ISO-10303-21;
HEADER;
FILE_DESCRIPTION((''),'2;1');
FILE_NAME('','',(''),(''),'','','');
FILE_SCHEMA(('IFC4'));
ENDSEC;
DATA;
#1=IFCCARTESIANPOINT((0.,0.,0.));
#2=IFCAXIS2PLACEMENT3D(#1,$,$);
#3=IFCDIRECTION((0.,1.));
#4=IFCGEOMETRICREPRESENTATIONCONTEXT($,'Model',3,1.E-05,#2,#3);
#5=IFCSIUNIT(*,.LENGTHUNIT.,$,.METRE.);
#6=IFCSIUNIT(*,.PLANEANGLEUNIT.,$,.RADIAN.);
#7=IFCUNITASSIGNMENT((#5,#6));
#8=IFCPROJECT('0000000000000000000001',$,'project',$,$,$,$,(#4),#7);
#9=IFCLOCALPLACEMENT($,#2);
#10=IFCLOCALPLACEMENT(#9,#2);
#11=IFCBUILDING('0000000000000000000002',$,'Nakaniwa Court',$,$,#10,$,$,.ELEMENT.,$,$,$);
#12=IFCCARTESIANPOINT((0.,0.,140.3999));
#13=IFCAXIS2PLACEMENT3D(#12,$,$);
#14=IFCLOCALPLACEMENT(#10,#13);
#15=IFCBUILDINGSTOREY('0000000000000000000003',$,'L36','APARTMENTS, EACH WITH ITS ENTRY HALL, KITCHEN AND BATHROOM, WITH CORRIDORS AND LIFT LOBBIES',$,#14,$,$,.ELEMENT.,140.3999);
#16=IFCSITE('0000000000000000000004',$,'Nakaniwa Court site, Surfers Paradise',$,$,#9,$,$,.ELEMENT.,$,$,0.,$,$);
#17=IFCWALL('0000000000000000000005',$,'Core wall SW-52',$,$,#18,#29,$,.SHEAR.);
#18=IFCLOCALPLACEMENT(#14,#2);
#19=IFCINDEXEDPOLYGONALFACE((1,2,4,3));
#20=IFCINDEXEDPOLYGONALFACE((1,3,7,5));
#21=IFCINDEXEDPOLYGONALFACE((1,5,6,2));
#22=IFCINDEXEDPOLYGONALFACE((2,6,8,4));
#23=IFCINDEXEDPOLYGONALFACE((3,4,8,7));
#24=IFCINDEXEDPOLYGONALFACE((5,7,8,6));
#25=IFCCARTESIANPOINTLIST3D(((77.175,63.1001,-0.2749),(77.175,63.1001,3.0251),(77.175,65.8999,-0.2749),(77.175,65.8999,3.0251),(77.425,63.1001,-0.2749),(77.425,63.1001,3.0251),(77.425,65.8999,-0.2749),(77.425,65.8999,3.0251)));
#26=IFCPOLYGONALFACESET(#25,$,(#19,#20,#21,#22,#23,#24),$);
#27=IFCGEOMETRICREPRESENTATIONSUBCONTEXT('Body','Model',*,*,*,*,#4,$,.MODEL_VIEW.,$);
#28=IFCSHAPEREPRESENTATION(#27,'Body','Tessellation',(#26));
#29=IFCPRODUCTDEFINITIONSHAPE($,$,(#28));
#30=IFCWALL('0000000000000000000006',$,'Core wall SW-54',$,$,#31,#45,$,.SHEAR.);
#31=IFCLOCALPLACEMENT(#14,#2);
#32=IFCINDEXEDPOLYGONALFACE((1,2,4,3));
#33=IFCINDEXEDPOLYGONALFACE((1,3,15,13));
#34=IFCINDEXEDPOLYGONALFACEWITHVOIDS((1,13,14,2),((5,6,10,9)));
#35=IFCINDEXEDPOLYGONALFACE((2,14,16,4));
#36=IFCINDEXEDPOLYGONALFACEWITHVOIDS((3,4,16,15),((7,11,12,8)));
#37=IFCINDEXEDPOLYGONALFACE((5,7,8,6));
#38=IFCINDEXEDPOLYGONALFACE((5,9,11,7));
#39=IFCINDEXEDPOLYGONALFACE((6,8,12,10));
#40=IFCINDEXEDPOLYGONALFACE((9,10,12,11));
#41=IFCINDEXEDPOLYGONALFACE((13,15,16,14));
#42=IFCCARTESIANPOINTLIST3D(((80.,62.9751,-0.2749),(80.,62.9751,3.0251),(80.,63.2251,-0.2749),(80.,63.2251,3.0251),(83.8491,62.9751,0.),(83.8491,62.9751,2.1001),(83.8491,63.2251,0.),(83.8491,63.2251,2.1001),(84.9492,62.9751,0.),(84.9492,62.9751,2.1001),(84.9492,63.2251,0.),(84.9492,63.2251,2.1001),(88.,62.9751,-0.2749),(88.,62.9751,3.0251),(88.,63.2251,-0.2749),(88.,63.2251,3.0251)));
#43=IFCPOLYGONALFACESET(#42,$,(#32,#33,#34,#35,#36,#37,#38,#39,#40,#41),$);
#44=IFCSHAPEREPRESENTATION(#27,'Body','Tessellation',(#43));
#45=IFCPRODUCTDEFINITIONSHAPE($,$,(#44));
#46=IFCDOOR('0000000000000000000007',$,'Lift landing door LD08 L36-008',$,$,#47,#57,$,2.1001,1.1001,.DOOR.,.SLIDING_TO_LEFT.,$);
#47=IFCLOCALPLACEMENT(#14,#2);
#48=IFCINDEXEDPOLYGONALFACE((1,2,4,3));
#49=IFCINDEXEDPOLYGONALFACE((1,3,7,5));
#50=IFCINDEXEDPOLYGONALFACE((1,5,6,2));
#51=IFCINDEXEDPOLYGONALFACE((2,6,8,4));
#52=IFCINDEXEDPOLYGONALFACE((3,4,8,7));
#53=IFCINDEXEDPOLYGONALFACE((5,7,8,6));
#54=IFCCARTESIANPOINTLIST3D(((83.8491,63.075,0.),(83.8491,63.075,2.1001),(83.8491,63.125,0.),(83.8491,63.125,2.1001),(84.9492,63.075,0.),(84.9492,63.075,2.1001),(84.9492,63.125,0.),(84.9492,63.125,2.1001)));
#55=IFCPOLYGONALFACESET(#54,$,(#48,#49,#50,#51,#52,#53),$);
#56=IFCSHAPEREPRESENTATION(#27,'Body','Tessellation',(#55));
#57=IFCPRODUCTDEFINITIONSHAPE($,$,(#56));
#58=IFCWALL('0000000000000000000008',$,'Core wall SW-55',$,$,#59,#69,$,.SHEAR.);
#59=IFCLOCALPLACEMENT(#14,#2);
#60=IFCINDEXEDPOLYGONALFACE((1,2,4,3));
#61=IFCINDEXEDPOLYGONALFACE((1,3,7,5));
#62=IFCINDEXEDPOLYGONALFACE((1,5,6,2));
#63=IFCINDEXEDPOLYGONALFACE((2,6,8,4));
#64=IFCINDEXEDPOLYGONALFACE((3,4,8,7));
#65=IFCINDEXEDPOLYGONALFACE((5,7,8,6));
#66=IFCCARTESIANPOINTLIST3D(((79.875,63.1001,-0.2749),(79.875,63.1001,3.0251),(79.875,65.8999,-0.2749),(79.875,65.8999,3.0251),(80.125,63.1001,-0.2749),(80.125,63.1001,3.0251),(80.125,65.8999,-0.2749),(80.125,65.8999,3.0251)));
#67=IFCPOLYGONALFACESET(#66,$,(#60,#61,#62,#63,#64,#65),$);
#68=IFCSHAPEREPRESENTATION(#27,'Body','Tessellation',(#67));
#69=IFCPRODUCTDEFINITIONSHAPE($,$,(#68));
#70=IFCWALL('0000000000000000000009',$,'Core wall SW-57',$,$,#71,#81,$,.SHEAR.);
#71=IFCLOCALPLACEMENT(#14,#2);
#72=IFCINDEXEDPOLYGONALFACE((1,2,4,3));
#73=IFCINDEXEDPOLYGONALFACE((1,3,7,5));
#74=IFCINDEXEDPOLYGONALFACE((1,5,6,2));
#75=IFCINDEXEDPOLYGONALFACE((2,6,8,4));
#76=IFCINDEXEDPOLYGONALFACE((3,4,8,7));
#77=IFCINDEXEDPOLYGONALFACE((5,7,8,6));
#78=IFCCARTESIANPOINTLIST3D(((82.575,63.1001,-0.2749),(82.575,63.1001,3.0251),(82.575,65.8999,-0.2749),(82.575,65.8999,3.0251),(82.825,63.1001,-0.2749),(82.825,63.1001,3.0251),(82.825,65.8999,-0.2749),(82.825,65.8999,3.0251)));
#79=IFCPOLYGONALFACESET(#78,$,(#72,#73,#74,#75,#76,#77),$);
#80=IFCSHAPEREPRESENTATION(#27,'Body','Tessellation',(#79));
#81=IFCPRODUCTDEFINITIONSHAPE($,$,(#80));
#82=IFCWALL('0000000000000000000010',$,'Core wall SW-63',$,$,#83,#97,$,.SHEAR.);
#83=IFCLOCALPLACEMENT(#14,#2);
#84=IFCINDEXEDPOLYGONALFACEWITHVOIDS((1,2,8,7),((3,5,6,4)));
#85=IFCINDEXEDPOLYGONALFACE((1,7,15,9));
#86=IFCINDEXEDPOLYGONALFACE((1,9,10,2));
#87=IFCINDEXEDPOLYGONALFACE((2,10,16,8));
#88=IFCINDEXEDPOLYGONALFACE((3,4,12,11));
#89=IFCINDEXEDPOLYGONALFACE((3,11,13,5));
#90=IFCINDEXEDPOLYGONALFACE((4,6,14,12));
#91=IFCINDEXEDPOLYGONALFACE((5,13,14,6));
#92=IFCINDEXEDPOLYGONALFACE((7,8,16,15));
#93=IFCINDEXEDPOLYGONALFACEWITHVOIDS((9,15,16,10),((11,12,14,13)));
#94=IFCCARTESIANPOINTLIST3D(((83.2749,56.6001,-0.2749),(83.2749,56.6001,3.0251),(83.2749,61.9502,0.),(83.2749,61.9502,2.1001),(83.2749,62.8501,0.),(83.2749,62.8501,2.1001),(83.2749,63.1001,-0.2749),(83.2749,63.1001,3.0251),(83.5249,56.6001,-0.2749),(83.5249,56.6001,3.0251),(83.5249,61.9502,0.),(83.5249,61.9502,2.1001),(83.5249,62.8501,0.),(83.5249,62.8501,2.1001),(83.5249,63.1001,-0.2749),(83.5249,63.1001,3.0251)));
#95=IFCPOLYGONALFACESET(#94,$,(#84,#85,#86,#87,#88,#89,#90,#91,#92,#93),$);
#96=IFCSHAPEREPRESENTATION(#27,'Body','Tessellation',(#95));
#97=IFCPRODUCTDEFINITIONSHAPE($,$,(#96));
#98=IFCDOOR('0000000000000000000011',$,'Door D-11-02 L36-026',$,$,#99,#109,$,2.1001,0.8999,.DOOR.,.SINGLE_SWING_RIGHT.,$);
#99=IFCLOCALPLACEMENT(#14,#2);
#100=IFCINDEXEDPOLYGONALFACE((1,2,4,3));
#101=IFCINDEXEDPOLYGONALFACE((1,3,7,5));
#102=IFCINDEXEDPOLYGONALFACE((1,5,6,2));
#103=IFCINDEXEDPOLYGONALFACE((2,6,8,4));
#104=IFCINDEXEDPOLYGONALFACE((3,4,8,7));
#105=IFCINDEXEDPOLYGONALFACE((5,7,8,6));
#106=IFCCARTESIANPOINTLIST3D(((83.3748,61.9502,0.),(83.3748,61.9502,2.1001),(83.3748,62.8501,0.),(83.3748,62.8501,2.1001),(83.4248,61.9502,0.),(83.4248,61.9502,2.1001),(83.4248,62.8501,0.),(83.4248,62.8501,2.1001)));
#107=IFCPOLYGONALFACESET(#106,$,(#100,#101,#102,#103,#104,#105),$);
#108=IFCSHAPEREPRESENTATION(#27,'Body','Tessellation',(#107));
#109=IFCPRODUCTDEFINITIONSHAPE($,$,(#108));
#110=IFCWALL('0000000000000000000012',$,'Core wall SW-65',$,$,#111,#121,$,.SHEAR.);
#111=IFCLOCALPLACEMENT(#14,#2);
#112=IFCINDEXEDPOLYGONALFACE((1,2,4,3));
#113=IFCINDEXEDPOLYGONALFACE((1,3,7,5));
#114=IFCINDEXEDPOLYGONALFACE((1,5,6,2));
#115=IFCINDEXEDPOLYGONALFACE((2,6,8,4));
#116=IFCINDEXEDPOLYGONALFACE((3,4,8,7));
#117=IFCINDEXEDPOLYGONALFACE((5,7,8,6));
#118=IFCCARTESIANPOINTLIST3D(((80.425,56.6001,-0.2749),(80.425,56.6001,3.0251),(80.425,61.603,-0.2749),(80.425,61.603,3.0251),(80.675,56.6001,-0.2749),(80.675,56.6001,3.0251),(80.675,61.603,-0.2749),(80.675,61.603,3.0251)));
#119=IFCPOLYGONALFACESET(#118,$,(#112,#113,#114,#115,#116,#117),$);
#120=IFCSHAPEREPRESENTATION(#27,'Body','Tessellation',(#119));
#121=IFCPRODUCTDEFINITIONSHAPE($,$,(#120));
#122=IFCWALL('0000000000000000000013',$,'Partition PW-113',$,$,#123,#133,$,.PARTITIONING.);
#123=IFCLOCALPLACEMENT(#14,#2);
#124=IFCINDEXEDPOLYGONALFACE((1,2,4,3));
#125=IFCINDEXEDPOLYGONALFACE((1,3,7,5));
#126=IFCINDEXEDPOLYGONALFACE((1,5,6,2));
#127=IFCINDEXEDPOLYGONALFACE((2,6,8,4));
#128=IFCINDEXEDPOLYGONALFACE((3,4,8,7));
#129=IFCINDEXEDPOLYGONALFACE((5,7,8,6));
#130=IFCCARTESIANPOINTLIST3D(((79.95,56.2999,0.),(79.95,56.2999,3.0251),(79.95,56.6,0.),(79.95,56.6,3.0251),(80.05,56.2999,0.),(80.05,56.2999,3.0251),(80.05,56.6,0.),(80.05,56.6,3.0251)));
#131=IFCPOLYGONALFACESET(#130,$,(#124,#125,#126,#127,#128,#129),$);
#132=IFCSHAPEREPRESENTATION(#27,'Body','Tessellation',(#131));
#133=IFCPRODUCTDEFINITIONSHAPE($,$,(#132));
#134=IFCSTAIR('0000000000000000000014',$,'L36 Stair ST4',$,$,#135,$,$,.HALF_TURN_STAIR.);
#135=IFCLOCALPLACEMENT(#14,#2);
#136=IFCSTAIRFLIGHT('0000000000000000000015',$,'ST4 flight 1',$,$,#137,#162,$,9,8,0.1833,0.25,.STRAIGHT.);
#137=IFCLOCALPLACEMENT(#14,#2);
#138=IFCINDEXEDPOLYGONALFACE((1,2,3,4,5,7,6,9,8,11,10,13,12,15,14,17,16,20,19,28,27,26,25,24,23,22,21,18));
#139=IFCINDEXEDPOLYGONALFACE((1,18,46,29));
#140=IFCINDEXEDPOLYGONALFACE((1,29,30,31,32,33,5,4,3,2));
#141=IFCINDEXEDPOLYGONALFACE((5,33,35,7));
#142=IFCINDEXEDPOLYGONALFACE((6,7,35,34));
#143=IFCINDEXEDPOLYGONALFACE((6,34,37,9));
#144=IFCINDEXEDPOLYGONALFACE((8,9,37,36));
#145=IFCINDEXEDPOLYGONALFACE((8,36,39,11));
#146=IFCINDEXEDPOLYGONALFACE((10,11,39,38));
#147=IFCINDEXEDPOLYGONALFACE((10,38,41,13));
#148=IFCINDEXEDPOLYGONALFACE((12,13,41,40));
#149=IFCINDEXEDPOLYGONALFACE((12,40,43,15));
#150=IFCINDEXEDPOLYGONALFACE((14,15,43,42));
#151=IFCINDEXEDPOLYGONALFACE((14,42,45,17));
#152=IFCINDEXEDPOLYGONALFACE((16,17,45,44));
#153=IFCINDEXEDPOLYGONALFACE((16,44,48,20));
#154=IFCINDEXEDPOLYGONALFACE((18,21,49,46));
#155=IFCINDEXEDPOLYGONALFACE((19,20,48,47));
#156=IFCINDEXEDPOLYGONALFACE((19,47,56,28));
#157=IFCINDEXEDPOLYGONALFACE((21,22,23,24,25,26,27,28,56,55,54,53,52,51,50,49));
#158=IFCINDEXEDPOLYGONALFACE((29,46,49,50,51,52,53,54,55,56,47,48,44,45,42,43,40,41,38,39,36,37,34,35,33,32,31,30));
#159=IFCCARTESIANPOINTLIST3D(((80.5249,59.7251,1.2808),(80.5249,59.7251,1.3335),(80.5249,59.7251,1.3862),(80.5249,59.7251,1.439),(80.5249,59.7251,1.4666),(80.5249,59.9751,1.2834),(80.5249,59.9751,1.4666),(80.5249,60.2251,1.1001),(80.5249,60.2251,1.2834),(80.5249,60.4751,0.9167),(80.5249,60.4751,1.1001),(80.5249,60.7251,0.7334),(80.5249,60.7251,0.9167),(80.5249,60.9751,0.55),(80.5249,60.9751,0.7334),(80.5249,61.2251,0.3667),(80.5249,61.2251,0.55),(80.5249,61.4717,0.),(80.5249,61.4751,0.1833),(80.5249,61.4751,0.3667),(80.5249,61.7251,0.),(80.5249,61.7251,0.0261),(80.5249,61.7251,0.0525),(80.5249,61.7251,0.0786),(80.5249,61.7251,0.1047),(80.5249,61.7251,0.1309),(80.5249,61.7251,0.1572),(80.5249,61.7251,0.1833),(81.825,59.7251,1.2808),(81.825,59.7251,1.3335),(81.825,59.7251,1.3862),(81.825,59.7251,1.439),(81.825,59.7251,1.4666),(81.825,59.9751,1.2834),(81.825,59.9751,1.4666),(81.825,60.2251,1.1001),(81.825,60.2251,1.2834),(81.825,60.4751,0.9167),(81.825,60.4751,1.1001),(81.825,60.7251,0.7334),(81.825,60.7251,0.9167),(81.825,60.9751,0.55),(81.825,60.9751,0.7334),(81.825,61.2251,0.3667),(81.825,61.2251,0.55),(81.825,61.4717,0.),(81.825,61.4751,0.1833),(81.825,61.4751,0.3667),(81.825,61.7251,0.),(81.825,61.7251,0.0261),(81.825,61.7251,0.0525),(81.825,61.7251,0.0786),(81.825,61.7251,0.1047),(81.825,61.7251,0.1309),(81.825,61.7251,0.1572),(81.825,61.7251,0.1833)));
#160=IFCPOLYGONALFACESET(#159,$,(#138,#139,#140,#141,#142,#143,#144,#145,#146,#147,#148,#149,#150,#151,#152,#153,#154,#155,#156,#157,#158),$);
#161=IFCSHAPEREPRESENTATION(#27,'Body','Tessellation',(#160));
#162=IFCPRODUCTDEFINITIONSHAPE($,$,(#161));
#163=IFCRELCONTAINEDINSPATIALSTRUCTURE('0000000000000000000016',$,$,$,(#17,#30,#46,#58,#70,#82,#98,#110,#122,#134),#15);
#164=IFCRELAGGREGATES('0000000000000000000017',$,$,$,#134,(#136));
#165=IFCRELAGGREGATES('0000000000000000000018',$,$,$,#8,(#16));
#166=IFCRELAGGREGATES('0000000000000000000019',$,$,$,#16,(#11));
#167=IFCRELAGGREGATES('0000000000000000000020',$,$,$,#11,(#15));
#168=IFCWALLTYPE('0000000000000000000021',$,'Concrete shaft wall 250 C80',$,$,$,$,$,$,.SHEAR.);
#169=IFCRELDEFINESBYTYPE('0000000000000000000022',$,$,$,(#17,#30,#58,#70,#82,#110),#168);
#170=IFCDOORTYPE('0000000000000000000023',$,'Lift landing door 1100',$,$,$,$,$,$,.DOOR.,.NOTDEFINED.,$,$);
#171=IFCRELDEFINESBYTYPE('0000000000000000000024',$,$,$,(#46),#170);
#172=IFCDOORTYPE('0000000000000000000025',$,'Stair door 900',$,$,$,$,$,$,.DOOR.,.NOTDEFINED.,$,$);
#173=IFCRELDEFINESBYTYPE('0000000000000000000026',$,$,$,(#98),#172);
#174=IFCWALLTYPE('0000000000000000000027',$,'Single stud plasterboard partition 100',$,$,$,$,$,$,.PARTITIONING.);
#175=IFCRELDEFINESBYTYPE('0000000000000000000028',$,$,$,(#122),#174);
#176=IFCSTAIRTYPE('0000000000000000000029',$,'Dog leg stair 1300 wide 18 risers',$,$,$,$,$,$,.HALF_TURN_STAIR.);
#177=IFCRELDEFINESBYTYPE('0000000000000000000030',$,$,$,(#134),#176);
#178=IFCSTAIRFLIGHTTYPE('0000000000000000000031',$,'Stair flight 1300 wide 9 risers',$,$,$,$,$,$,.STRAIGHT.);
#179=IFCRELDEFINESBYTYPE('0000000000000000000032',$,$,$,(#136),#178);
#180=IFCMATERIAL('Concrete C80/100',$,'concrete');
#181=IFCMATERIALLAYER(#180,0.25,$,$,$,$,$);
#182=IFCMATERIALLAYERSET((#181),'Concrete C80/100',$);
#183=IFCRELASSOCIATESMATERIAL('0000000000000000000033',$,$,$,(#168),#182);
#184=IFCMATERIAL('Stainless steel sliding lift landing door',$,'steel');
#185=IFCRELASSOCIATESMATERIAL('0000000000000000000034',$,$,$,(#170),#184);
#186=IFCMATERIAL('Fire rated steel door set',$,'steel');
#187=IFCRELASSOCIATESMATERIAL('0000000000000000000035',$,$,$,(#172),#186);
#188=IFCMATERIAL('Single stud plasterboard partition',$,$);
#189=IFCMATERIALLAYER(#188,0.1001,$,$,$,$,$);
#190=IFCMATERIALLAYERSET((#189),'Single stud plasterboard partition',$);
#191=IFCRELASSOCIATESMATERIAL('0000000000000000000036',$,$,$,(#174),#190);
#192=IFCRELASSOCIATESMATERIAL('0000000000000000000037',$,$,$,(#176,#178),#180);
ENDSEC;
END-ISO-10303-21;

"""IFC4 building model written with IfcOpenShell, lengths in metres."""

from ifc_helpers import new_model, si_unit, direction, frame, frame_2d, origin, place, context, subcontext, project, spatial, polyline, rectangle, outline, extrude, material, layer, layer_set, type_object, element, fill, aggregate, save


model = new_model("IFC4")

# Units and contexts
model_context = context("Model", 3, precision=1e-05, world=origin(), true_north=direction((0.0, 1.0)))
body_context = subcontext(model_context, "Body", "Model", "MODEL_VIEW")
ifc_project = project(units=[si_unit("LENGTHUNIT", "METRE"), si_unit("PLANEANGLEUNIT", "RADIAN")], contexts=[model_context])

# Site, building, storey
site_placement = place(None, origin())
site = spatial("IfcSite", under=ifc_project, at=site_placement, Name="Nakaniwa Court site, Surfers Paradise", CompositionType="ELEMENT", RefElevation=0.0)
building_placement = place(site_placement, origin())
building = spatial("IfcBuilding", under=site, at=building_placement, Name="Nakaniwa Court", CompositionType="ELEMENT")
storey_placement = place(building_placement, frame((0.0, 0.0, 140.3999)))
storey = spatial("IfcBuildingStorey", under=building, at=storey_placement, Name="L36", Description="APARTMENTS, EACH WITH ITS ENTRY HALL, KITCHEN AND BATHROOM, WITH CORRIDORS AND LIFT LOBBIES", CompositionType="ELEMENT", Elevation=140.3999)

# Shared definitions
ifc_material_1 = material(Name="Fire rated steel door set", Category="steel")

# Wall
ifc_material_2 = material(Name="Concrete C80/100", Category="concrete")
ifc_layer_1 = layer(ifc_material_2, 0.25)
ifc_layer_set_1 = layer_set([ifc_layer_1], Name="Concrete C80/100")
wall_type_1 = type_object("IfcWallType", Name="Concrete shaft wall 250 C80", PredefinedType="SHEAR", material=ifc_layer_set_1)
wall_1_placement = place(storey_placement, frame((77.3, 63.1001, -0.2749), z_axis=(0.0, 0.0, 1.0), x_axis=(0.0, 1.0, 0.0)))
element("IfcWall", 1, at=wall_1_placement, inside=storey, type_object=wall_type_1, Name="Core wall SW-52", PredefinedType="SHEAR", context=body_context, shape_type="SweptSolid", body=[
    extrude(rectangle(XDim=2.7998, YDim=0.25, at=frame_2d((1.3999, 0.0))), origin(), (0.0, 0.0, 1.0), 3.3),
])

# Wall, opening, door
wall_2_placement = place(storey_placement, frame((80.0, 63.1001, -0.2749), z_axis=(0.0, 0.0, 1.0), x_axis=(1.0, 0.0, 0.0)))
wall_2 = element("IfcWall", 2, at=wall_2_placement, inside=storey, type_object=wall_type_1, Name="Core wall SW-54", PredefinedType="SHEAR", context=body_context, shape_type="SweptSolid", body=[
    extrude(rectangle(XDim=8.0, YDim=0.25, at=frame_2d((4.0, 0.0))), origin(), (0.0, 0.0, 1.0), 3.3),
])
opening_1_placement = place(wall_2_placement, frame((3.8491, 0.0, 0.2749)))
opening_1 = element("IfcOpeningElement", 3, at=opening_1_placement, cuts=wall_2, PredefinedType="OPENING", context=body_context, shape_type="SweptSolid", body=[
    extrude(rectangle(XDim=1.1001, YDim=2.1001, at=frame_2d((0.55, 1.05))), frame((0.0, 0.135, 0.0), z_axis=(0.0, -1.0, 0.0), x_axis=(1.0, 0.0, 0.0)), (0.0, 0.0, 1.0), 0.27),
])
ifc_material_3 = material(Name="Stainless steel sliding lift landing door", Category="steel")
door_type_1 = type_object("IfcDoorType", Name="Lift landing door 1100", OperationType="NOTDEFINED", PredefinedType="DOOR", material=ifc_material_3)
door_1_placement = place(opening_1_placement, origin())
door_1 = element("IfcDoor", 4, at=door_1_placement, inside=storey, type_object=door_type_1, Name="Lift landing door LD08 L36-008", OperationType="SLIDING_TO_LEFT", OverallHeight=2.1001, OverallWidth=1.1001, PredefinedType="DOOR", context=body_context, shape_type="SweptSolid", body=[
    extrude(rectangle(XDim=1.1001, YDim=2.1001, at=frame_2d((0.55, 1.05))), frame((0.0, 0.0249, 0.0), z_axis=(0.0, -1.0, 0.0), x_axis=(1.0, 0.0, 0.0)), (0.0, 0.0, 1.0), 0.05),
])
fill(opening_1, door_1)

# Walls
for number, where, z_axis, x_axis, name in (
    (5, (80.0, 63.1001, -0.2749), (0.0, 0.0, 1.0), (0.0, 1.0, 0.0), "Core wall SW-55"),
    (6, (82.7, 63.1001, -0.2749), (0.0, 0.0, 1.0), (0.0, 1.0, 0.0), "Core wall SW-57"),
):
    element("IfcWall", number, at=place(storey_placement, frame(where, z_axis=z_axis, x_axis=x_axis)), inside=storey, type_object=wall_type_1, Name=name, PredefinedType="SHEAR", context=body_context, shape_type="SweptSolid", body=[
        extrude(rectangle(XDim=2.7998, YDim=0.25, at=frame_2d((1.3999, 0.0))), origin(), (0.0, 0.0, 1.0), 3.3),
    ])

# Wall, opening, door
wall_3_placement = place(storey_placement, frame((83.3999, 63.1001, -0.2749), z_axis=(0.0, 0.0, 1.0), x_axis=(0.0, -1.0, 0.0)))
wall_3 = element("IfcWall", 7, at=wall_3_placement, inside=storey, type_object=wall_type_1, Name="Core wall SW-63", PredefinedType="SHEAR", context=body_context, shape_type="SweptSolid", body=[
    extrude(rectangle(XDim=6.5, YDim=0.25, at=frame_2d((3.25, 0.0))), origin(), (0.0, 0.0, 1.0), 3.3),
])
opening_2_placement = place(wall_3_placement, frame((0.25, 0.0, 0.2749)))
opening_2 = element("IfcOpeningElement", 8, at=opening_2_placement, cuts=wall_3, PredefinedType="OPENING", context=body_context, shape_type="SweptSolid", body=[
    extrude(rectangle(XDim=0.8999, YDim=2.1001, at=frame_2d((0.45, 1.05))), frame((0.0, 0.135, 0.0), z_axis=(0.0, -1.0, 0.0), x_axis=(1.0, 0.0, 0.0)), (0.0, 0.0, 1.0), 0.27),
])
door_type_2 = type_object("IfcDoorType", Name="Stair door 900", OperationType="NOTDEFINED", PredefinedType="DOOR", material=ifc_material_1)
door_2_placement = place(opening_2_placement, origin())
door_2 = element("IfcDoor", 9, at=door_2_placement, inside=storey, type_object=door_type_2, Name="Door D-11-02 L36-026", OperationType="SINGLE_SWING_RIGHT", OverallHeight=2.1001, OverallWidth=0.8999, PredefinedType="DOOR", context=body_context, shape_type="SweptSolid", body=[
    extrude(rectangle(XDim=0.8999, YDim=2.1001, at=frame_2d((0.45, 1.05))), frame((0.0, 0.0249, 0.0), z_axis=(0.0, -1.0, 0.0), x_axis=(1.0, 0.0, 0.0)), (0.0, 0.0, 1.0), 0.05),
])
fill(opening_2, door_2)

# Walls
wall_4_placement = place(storey_placement, frame((80.55, 56.6001, -0.2749), z_axis=(0.0, 0.0, 1.0), x_axis=(0.0, 1.0, 0.0)))
element("IfcWall", 10, at=wall_4_placement, inside=storey, type_object=wall_type_1, Name="Core wall SW-65", PredefinedType="SHEAR", context=body_context, shape_type="SweptSolid", body=[
    extrude(rectangle(XDim=5.0029, YDim=0.25, at=frame_2d((2.5015, 0.0))), origin(), (0.0, 0.0, 1.0), 3.3),
])
ifc_material_4 = material(Name="Single stud plasterboard partition")
ifc_layer_2 = layer(ifc_material_4, 0.1001)
ifc_layer_set_2 = layer_set([ifc_layer_2], Name="Single stud plasterboard partition")
wall_type_2 = type_object("IfcWallType", Name="Single stud plasterboard partition 100", PredefinedType="PARTITIONING", material=ifc_layer_set_2)
wall_5_placement = place(storey_placement, frame((80.0, 56.3, 0.0), z_axis=(0.0, 0.0, 1.0), x_axis=(0.0, 1.0, 0.0)))
element("IfcWall", 11, at=wall_5_placement, inside=storey, type_object=wall_type_2, Name="Partition PW-113", PredefinedType="PARTITIONING", context=body_context, shape_type="SweptSolid", body=[
    extrude(rectangle(XDim=0.3, YDim=0.1001, at=frame_2d((0.1499, 0.0))), origin(), (0.0, 0.0, 1.0), 3.0251),
])

# Stair, stair flight
stair_type = type_object("IfcStairType", Name="Dog leg stair 1300 wide 18 risers", PredefinedType="HALF_TURN_STAIR", material=ifc_material_2)
stair_placement = place(storey_placement, origin())
stair = element("IfcStair", 12, at=stair_placement, inside=storey, type_object=stair_type, Name="L36 Stair ST4", PredefinedType="HALF_TURN_STAIR")
stair_flight_type = type_object("IfcStairFlightType", Name="Stair flight 1300 wide 9 risers", PredefinedType="STRAIGHT", material=ifc_material_2)
stair_flight_1_placement = place(storey_placement, frame((81.175, 61.7251, 0.0), z_axis=(0.0, 0.0, 1.0), x_axis=(0.0, -1.0, 0.0)))
stair_flight_1 = element("IfcStairFlight", 13, at=stair_flight_1_placement, type_object=stair_flight_type, Name="ST4 flight 1", NumberOfRisers=9, NumberOfTreads=8, PredefinedType="STRAIGHT", RiserHeight=0.1833, TreadLength=0.25, context=body_context, shape_type="SweptSolid", body=[
    extrude(outline(polyline([(0.0, 0.0), (0.0, 0.0261), (0.0, 0.0525), (0.0, 0.0786), (0.0, 0.1047), (0.0, 0.1309), (0.0, 0.1572), (0.0, 0.1833), (0.25, 0.1833), (0.25, 0.3667), (0.5, 0.3667), (0.5, 0.55), (0.75, 0.55), (0.75, 0.7334), (1.0, 0.7334), (1.0, 0.9167), (1.25, 0.9167), (1.25, 1.1001), (1.5, 1.1001), (1.5, 1.2834), (1.75, 1.2834), (1.75, 1.4666), (2.0, 1.4666), (2.0, 1.6499), (2.0, 1.5972), (2.0, 1.5444), (2.0, 1.4917), (2.0, 1.439), (2.0, 1.3862), (2.0, 1.3335), (2.0, 1.2808), (0.2534, 0.0), (0.0, 0.0)])), frame((0.0, 0.6499, 0.0), z_axis=(0.0, -1.0, 0.0), x_axis=(1.0, 0.0, 0.0)), (0.0, 0.0, 1.0), 1.3),
])
aggregate(stair, [stair_flight_1])

save(model, "model.ifc")
